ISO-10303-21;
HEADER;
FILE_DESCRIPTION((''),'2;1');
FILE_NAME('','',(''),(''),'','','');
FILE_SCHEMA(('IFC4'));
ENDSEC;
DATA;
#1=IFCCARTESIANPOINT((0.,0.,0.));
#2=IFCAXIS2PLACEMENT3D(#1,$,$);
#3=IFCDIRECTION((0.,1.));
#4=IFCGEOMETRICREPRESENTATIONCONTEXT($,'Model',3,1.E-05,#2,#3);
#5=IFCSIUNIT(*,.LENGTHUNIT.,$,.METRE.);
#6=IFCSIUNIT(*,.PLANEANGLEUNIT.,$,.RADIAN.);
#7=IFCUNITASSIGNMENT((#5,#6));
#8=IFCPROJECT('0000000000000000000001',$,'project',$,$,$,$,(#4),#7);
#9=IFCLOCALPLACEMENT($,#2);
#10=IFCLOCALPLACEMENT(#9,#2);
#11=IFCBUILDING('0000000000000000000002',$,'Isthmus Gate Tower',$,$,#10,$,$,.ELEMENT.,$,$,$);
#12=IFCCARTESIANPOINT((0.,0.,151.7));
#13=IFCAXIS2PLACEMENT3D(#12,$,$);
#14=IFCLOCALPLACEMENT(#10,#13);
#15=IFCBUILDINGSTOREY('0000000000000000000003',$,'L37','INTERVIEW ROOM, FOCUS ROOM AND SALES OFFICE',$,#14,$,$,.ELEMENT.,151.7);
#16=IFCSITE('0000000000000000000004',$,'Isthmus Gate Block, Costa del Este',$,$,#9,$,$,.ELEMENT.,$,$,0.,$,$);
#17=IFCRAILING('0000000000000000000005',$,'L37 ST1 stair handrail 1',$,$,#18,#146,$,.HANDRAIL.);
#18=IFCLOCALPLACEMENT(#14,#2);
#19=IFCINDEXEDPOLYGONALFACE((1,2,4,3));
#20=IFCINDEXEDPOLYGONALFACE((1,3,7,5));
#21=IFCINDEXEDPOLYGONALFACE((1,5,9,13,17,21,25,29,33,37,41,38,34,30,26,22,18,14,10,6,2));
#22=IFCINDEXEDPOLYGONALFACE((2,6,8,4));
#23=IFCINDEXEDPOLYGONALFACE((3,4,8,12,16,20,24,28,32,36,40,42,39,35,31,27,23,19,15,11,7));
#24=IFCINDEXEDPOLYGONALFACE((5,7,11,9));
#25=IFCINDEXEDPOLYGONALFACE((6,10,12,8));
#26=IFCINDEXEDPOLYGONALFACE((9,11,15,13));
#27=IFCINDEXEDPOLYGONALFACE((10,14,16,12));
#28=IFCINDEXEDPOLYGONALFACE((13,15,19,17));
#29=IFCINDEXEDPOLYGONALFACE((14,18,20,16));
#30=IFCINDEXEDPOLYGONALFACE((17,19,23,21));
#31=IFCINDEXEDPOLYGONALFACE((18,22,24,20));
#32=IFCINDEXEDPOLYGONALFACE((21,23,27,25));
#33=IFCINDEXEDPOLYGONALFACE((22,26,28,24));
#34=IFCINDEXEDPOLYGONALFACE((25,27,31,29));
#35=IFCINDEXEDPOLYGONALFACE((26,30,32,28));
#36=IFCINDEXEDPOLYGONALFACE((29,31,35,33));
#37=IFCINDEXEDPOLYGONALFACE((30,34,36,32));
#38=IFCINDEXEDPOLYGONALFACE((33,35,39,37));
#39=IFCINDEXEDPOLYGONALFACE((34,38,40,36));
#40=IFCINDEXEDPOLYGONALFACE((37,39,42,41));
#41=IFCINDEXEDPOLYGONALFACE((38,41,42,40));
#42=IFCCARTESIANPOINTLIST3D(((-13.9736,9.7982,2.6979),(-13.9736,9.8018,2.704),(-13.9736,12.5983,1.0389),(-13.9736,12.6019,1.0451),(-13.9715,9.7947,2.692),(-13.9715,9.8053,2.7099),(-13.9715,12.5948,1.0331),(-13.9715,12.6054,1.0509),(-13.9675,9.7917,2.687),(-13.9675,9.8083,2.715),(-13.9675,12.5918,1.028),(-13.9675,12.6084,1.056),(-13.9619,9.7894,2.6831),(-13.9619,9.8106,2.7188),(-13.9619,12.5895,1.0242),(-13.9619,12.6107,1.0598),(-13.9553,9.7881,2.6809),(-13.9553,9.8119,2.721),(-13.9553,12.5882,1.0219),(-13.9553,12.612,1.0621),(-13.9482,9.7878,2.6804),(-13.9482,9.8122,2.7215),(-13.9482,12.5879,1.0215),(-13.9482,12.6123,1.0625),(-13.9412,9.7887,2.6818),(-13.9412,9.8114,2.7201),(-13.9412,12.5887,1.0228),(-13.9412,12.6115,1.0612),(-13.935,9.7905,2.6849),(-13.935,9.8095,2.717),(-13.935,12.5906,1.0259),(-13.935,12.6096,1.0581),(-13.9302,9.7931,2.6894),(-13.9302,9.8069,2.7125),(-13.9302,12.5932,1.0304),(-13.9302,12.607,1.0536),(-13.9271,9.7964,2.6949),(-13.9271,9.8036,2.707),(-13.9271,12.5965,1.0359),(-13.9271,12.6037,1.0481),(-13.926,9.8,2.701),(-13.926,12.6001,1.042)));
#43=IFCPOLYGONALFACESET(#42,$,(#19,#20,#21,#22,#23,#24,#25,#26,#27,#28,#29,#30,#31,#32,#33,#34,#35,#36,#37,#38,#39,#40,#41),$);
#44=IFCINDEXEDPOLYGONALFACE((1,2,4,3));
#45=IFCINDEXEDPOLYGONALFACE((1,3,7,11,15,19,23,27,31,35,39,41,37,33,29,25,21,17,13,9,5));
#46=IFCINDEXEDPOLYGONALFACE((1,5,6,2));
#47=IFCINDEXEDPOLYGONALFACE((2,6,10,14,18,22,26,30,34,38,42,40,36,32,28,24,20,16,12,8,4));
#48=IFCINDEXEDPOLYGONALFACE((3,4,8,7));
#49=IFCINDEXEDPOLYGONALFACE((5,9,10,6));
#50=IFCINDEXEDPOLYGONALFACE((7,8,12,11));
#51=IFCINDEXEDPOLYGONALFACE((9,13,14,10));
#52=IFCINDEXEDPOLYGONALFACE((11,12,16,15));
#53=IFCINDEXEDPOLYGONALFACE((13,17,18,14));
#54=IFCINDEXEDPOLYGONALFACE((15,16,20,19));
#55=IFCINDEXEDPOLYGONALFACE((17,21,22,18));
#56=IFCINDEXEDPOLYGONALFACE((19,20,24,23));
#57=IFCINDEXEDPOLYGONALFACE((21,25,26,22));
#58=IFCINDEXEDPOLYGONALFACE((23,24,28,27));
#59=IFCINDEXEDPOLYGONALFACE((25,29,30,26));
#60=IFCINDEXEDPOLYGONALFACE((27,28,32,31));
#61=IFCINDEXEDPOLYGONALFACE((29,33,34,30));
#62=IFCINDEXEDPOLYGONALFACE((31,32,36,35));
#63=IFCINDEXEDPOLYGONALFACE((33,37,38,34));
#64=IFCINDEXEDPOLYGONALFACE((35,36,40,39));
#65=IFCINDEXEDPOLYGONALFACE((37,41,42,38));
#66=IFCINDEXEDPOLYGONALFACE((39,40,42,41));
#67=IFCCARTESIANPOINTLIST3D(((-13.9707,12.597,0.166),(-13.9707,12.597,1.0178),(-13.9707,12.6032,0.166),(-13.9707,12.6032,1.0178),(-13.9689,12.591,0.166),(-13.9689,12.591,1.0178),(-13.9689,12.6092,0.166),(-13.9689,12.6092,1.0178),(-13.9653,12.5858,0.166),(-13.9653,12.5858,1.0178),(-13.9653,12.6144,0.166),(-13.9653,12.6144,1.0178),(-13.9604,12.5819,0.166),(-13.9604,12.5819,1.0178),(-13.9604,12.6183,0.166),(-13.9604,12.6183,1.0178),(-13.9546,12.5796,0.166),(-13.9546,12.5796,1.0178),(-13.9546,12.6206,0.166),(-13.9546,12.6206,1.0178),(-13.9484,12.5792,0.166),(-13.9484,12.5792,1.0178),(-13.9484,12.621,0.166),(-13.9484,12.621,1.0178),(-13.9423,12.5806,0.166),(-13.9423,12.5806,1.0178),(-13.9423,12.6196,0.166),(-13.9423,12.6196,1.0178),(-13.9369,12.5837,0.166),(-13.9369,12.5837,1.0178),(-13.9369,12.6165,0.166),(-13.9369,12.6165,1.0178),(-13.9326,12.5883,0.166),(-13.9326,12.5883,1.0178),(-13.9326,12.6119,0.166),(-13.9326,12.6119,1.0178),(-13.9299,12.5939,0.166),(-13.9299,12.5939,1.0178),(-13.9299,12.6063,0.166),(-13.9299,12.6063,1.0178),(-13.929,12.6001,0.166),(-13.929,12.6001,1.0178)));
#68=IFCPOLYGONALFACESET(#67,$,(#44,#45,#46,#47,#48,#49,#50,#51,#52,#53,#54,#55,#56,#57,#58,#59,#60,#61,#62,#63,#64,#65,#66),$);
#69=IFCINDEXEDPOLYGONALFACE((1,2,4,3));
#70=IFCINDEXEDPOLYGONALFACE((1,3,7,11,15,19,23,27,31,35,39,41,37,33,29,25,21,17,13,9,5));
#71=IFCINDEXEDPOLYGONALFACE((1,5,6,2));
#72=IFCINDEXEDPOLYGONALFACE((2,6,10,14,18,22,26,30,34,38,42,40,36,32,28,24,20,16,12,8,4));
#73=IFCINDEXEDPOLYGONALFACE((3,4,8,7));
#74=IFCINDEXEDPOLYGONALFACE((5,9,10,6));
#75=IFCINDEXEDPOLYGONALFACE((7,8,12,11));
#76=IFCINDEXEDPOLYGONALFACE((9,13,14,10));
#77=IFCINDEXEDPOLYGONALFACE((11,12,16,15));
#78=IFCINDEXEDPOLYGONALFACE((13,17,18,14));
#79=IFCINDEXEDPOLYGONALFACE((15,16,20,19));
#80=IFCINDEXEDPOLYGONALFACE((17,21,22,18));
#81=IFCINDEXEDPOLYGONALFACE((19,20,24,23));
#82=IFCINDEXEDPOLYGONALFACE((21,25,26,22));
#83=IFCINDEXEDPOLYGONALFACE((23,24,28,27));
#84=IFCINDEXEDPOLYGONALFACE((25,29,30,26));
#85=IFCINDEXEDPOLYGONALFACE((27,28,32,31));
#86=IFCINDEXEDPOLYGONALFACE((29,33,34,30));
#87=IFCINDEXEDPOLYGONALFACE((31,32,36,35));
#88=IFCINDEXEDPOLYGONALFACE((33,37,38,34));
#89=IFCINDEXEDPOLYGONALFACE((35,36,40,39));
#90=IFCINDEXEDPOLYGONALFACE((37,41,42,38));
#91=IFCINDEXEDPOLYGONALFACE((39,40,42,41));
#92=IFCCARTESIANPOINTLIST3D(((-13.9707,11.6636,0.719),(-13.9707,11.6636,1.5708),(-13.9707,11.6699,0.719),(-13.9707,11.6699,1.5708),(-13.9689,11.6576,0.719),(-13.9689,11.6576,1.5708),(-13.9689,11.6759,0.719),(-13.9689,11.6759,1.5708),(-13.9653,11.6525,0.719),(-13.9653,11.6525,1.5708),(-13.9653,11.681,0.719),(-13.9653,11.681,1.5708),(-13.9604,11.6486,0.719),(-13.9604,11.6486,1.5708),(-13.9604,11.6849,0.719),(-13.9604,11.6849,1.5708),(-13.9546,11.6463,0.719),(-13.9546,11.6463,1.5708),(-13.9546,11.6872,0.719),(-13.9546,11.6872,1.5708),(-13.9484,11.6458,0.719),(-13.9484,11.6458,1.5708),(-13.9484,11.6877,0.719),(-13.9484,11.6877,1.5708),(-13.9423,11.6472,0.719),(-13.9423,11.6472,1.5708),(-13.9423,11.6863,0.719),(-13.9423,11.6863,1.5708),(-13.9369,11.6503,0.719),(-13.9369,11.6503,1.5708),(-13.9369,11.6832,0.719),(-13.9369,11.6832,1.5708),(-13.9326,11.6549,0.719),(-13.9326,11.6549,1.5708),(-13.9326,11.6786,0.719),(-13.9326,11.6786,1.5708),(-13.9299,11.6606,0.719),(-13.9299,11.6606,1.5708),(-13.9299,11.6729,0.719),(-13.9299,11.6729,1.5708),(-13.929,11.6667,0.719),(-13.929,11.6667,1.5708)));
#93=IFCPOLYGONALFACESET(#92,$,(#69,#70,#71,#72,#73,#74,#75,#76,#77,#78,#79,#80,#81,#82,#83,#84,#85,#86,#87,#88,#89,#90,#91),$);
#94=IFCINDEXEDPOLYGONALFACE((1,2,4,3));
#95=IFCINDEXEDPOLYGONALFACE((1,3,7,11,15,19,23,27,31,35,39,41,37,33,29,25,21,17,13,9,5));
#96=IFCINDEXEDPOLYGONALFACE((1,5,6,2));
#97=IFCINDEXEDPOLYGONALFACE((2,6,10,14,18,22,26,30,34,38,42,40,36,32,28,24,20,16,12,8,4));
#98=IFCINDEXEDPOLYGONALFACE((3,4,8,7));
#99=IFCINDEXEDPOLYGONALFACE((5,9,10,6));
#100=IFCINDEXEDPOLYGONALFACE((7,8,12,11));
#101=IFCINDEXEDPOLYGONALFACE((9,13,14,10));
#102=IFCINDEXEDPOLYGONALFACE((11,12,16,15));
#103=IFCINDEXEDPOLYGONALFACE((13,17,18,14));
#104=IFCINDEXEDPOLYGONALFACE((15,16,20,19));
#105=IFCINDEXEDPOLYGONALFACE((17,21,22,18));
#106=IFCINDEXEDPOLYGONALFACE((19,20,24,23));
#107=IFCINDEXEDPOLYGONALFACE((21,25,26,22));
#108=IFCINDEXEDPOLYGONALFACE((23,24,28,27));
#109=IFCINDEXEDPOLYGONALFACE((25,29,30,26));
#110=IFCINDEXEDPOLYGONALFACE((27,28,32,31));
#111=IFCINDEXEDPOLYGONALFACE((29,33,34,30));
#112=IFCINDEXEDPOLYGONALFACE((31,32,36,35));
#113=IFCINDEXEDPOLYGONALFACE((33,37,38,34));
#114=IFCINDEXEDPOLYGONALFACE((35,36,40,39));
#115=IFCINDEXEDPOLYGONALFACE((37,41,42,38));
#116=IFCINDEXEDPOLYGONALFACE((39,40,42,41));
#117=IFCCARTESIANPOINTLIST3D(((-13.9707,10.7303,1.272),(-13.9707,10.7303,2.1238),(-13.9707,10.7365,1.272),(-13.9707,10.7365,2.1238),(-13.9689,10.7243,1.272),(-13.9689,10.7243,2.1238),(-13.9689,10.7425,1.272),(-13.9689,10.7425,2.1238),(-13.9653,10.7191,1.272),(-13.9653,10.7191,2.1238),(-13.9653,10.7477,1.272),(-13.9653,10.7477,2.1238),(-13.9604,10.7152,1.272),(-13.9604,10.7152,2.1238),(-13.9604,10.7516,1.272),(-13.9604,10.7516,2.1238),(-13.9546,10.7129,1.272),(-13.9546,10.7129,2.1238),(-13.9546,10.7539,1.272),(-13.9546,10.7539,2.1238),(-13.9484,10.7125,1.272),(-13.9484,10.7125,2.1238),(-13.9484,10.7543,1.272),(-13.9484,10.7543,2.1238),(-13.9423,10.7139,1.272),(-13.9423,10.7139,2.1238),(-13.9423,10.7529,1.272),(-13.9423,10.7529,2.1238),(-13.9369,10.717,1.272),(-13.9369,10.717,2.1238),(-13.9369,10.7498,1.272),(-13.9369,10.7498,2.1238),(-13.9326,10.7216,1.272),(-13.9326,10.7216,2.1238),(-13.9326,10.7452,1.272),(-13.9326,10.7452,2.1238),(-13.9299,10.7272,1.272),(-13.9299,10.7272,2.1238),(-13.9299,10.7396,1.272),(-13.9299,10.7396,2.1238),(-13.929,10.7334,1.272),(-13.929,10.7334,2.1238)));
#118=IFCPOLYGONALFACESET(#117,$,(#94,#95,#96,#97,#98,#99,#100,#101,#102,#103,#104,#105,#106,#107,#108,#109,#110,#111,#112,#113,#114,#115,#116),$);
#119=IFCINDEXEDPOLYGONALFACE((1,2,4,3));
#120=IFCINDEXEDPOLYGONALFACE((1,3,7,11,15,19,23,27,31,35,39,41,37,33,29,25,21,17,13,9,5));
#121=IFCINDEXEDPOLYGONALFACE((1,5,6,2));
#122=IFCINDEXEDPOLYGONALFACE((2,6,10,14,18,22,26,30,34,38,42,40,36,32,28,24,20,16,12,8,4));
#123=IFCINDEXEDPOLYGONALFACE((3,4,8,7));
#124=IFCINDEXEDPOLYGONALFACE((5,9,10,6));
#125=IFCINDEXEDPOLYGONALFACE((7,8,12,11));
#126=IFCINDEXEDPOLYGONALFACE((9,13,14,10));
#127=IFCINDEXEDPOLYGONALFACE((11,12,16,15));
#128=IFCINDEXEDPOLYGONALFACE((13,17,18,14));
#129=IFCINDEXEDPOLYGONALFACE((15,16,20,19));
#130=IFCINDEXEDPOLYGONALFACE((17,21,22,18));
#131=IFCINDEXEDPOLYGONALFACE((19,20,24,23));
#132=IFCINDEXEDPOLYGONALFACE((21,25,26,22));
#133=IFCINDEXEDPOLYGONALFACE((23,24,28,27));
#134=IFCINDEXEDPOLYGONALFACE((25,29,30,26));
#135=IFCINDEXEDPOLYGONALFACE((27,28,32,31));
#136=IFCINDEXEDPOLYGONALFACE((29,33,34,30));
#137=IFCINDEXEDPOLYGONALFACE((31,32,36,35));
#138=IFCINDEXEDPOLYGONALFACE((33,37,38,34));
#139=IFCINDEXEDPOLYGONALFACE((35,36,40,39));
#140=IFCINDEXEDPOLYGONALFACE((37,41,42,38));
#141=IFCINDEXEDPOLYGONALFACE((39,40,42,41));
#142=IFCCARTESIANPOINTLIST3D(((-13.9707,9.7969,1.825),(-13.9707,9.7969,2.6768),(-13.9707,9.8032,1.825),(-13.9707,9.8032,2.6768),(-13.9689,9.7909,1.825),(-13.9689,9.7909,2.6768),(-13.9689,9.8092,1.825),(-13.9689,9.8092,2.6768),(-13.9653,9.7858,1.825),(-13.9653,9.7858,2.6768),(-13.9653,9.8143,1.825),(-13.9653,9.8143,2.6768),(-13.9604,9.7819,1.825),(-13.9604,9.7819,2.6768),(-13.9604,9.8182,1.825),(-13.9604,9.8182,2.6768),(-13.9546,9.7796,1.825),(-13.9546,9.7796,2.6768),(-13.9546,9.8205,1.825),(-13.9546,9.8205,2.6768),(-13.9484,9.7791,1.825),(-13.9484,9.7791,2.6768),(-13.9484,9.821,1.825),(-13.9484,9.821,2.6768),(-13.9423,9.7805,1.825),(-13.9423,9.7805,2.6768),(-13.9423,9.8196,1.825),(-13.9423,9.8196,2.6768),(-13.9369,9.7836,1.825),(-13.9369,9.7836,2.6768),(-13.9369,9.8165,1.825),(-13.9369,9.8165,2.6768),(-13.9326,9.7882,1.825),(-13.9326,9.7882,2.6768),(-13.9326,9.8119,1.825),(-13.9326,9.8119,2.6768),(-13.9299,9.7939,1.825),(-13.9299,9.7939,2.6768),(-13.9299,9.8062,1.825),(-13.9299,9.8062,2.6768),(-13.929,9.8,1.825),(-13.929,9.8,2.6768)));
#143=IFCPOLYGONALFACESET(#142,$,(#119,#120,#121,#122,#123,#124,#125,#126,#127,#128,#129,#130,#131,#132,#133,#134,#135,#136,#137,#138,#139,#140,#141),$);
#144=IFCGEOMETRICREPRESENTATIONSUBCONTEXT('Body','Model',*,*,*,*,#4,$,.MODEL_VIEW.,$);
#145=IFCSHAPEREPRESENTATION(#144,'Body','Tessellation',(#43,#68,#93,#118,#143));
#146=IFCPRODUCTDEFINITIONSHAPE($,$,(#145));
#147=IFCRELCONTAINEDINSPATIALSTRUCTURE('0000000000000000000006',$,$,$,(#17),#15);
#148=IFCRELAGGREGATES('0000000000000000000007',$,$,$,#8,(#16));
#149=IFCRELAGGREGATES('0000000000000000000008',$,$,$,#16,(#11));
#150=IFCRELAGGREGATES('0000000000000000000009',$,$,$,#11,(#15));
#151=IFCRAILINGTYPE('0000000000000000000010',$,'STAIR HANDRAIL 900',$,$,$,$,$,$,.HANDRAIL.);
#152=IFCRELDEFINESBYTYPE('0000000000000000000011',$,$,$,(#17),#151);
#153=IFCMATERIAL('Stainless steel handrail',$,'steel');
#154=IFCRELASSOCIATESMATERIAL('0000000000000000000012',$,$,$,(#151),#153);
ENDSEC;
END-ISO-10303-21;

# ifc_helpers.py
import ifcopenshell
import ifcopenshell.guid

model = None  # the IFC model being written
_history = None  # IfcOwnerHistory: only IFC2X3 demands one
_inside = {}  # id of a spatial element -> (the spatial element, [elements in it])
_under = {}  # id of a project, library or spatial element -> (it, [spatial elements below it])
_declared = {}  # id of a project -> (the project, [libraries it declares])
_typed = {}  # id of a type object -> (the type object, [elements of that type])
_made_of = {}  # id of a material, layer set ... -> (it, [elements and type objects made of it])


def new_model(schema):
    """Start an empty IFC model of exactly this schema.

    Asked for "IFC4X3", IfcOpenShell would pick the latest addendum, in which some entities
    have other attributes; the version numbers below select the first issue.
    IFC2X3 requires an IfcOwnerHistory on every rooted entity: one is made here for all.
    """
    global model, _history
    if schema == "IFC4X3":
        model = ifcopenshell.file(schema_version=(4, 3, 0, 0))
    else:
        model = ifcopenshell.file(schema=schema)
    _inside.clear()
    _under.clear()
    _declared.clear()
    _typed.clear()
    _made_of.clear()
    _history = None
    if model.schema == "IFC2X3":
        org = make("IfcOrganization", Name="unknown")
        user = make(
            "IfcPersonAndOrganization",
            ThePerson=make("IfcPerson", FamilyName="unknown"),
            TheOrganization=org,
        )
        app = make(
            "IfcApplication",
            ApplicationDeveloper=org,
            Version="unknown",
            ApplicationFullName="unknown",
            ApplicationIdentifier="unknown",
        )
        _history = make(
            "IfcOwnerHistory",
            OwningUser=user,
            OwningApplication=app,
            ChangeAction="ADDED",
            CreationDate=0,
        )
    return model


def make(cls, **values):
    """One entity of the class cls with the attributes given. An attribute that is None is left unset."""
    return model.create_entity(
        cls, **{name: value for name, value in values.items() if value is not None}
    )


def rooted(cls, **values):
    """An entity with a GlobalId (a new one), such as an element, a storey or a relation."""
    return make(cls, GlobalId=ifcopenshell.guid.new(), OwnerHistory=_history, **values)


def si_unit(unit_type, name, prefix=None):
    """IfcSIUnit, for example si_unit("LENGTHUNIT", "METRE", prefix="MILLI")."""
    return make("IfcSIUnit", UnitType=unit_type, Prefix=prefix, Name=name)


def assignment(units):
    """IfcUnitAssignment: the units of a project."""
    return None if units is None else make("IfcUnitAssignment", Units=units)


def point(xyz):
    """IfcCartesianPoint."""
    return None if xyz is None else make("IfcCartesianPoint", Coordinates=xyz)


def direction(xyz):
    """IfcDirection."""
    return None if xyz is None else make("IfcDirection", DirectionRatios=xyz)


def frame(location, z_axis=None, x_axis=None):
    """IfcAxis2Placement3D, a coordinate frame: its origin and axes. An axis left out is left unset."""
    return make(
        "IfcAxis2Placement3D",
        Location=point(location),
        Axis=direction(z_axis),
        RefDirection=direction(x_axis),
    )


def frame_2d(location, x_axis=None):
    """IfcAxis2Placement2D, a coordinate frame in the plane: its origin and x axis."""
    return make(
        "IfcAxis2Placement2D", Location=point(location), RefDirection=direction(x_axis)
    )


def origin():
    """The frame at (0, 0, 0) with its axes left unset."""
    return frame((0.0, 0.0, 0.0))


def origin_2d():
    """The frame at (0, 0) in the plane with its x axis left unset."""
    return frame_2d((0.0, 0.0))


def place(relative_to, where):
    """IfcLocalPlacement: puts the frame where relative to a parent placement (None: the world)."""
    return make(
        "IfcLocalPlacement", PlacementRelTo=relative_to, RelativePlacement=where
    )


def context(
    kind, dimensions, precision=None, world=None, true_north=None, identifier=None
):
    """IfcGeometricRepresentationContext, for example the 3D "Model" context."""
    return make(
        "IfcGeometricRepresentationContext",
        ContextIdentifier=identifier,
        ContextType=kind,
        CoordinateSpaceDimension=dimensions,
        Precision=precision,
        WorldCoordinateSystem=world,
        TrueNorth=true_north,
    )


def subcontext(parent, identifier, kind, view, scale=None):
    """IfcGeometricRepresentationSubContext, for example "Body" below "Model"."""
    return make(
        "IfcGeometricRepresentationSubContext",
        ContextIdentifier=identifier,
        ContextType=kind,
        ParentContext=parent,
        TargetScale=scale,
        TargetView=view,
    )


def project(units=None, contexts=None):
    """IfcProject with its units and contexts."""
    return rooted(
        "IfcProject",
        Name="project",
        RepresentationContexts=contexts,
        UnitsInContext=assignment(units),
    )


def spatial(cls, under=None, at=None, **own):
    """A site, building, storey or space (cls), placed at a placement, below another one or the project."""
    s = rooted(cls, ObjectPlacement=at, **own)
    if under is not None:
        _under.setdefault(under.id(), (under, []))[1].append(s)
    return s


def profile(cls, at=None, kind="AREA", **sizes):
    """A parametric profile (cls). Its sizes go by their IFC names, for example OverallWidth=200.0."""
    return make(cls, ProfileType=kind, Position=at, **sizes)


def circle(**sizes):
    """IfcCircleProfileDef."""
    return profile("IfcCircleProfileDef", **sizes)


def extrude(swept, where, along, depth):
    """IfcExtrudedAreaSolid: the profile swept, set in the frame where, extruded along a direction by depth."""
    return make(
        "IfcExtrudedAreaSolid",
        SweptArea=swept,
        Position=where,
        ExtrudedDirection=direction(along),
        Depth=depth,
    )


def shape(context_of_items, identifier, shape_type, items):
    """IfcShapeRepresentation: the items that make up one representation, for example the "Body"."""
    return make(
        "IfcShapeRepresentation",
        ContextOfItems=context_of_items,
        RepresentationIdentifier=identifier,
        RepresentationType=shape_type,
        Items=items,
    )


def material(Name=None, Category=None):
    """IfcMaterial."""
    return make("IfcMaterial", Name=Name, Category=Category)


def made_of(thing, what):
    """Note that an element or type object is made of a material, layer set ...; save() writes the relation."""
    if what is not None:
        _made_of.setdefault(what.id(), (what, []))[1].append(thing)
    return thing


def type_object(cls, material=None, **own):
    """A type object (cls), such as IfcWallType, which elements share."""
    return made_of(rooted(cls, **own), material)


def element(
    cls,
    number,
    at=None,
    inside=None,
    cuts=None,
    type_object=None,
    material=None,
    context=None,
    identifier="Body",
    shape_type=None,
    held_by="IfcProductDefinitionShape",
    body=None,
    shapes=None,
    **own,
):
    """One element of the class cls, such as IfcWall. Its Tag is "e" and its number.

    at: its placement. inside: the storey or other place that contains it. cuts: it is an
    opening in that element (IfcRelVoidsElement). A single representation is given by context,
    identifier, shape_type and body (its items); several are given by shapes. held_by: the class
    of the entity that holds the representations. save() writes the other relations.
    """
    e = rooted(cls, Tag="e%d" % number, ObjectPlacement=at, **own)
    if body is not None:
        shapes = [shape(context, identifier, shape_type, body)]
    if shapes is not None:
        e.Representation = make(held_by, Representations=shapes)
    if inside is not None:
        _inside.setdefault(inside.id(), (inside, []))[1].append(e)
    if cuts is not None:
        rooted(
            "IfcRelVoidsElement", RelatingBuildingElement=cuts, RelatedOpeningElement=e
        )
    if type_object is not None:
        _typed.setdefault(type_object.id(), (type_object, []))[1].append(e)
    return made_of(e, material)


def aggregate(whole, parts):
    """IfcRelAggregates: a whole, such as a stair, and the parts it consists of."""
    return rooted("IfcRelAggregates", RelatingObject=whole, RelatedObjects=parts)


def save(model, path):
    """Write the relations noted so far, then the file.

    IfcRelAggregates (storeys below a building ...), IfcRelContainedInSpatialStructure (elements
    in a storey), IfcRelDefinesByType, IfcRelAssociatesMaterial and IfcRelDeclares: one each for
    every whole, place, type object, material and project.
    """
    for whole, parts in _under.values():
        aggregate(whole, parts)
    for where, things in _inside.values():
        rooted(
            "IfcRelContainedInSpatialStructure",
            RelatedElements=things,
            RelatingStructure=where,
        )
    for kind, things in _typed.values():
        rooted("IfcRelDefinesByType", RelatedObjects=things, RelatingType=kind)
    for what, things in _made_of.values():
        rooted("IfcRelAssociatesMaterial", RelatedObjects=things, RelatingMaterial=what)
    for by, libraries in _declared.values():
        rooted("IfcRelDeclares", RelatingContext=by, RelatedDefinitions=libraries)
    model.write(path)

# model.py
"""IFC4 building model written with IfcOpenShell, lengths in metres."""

from ifc_helpers import new_model, si_unit, direction, frame, origin, origin_2d, place, context, subcontext, project, spatial, circle, extrude, material, type_object, element, save


model = new_model("IFC4")

# Units and contexts
model_context = context("Model", 3, precision=1e-05, world=origin(), true_north=direction((0.0, 1.0)))
body_context = subcontext(model_context, "Body", "Model", "MODEL_VIEW")
ifc_project = project(units=[si_unit("LENGTHUNIT", "METRE"), si_unit("PLANEANGLEUNIT", "RADIAN")], contexts=[model_context])

# Site, building, storey
site_placement = place(None, origin())
site = spatial("IfcSite", under=ifc_project, at=site_placement, Name="Isthmus Gate Block, Costa del Este", CompositionType="ELEMENT", RefElevation=0.0)
building_placement = place(site_placement, origin())
building = spatial("IfcBuilding", under=site, at=building_placement, Name="Isthmus Gate Tower", CompositionType="ELEMENT")
storey_placement = place(building_placement, frame((0.0, 0.0, 151.7)))
storey = spatial("IfcBuildingStorey", under=building, at=storey_placement, Name="L37", Description="INTERVIEW ROOM, FOCUS ROOM AND SALES OFFICE", CompositionType="ELEMENT", Elevation=151.7)

# Railing
ifc_material_1 = material(Name="Stainless steel handrail", Category="steel")
railing_type_1 = type_object("IfcRailingType", Name="STAIR HANDRAIL 900", PredefinedType="HANDRAIL", material=ifc_material_1)
railing_1_placement = place(storey_placement, frame((-13.95, 12.6001, 0.166)))
element("IfcRailing", 1, at=railing_1_placement, inside=storey, type_object=railing_type_1, Name="L37 ST1 stair handrail 1", PredefinedType="HANDRAIL", context=body_context, shape_type="SweptSolid", body=[
    extrude(circle(Radius=0.0239, at=origin_2d()), frame((0.0, 0.0, 0.876), z_axis=(0.0, -0.860339, 0.509722), x_axis=(1.0, 0.0, 0.0)), (0.0, 0.0, 1.0), 3.2546),
    extrude(circle(Radius=0.021, at=origin_2d()), origin(), (0.0, 0.0, 1.0), 0.8518),
    extrude(circle(Radius=0.021, at=origin_2d()), frame((0.0, -0.9333, 0.553)), (0.0, 0.0, 1.0), 0.8518),
    extrude(circle(Radius=0.021, at=origin_2d()), frame((0.0, -1.8667, 1.106)), (0.0, 0.0, 1.0), 0.8518),
    extrude(circle(Radius=0.021, at=origin_2d()), frame((0.0, -2.8, 1.6589)), (0.0, 0.0, 1.0), 0.8518),
])

save(model, "model.ifc")
